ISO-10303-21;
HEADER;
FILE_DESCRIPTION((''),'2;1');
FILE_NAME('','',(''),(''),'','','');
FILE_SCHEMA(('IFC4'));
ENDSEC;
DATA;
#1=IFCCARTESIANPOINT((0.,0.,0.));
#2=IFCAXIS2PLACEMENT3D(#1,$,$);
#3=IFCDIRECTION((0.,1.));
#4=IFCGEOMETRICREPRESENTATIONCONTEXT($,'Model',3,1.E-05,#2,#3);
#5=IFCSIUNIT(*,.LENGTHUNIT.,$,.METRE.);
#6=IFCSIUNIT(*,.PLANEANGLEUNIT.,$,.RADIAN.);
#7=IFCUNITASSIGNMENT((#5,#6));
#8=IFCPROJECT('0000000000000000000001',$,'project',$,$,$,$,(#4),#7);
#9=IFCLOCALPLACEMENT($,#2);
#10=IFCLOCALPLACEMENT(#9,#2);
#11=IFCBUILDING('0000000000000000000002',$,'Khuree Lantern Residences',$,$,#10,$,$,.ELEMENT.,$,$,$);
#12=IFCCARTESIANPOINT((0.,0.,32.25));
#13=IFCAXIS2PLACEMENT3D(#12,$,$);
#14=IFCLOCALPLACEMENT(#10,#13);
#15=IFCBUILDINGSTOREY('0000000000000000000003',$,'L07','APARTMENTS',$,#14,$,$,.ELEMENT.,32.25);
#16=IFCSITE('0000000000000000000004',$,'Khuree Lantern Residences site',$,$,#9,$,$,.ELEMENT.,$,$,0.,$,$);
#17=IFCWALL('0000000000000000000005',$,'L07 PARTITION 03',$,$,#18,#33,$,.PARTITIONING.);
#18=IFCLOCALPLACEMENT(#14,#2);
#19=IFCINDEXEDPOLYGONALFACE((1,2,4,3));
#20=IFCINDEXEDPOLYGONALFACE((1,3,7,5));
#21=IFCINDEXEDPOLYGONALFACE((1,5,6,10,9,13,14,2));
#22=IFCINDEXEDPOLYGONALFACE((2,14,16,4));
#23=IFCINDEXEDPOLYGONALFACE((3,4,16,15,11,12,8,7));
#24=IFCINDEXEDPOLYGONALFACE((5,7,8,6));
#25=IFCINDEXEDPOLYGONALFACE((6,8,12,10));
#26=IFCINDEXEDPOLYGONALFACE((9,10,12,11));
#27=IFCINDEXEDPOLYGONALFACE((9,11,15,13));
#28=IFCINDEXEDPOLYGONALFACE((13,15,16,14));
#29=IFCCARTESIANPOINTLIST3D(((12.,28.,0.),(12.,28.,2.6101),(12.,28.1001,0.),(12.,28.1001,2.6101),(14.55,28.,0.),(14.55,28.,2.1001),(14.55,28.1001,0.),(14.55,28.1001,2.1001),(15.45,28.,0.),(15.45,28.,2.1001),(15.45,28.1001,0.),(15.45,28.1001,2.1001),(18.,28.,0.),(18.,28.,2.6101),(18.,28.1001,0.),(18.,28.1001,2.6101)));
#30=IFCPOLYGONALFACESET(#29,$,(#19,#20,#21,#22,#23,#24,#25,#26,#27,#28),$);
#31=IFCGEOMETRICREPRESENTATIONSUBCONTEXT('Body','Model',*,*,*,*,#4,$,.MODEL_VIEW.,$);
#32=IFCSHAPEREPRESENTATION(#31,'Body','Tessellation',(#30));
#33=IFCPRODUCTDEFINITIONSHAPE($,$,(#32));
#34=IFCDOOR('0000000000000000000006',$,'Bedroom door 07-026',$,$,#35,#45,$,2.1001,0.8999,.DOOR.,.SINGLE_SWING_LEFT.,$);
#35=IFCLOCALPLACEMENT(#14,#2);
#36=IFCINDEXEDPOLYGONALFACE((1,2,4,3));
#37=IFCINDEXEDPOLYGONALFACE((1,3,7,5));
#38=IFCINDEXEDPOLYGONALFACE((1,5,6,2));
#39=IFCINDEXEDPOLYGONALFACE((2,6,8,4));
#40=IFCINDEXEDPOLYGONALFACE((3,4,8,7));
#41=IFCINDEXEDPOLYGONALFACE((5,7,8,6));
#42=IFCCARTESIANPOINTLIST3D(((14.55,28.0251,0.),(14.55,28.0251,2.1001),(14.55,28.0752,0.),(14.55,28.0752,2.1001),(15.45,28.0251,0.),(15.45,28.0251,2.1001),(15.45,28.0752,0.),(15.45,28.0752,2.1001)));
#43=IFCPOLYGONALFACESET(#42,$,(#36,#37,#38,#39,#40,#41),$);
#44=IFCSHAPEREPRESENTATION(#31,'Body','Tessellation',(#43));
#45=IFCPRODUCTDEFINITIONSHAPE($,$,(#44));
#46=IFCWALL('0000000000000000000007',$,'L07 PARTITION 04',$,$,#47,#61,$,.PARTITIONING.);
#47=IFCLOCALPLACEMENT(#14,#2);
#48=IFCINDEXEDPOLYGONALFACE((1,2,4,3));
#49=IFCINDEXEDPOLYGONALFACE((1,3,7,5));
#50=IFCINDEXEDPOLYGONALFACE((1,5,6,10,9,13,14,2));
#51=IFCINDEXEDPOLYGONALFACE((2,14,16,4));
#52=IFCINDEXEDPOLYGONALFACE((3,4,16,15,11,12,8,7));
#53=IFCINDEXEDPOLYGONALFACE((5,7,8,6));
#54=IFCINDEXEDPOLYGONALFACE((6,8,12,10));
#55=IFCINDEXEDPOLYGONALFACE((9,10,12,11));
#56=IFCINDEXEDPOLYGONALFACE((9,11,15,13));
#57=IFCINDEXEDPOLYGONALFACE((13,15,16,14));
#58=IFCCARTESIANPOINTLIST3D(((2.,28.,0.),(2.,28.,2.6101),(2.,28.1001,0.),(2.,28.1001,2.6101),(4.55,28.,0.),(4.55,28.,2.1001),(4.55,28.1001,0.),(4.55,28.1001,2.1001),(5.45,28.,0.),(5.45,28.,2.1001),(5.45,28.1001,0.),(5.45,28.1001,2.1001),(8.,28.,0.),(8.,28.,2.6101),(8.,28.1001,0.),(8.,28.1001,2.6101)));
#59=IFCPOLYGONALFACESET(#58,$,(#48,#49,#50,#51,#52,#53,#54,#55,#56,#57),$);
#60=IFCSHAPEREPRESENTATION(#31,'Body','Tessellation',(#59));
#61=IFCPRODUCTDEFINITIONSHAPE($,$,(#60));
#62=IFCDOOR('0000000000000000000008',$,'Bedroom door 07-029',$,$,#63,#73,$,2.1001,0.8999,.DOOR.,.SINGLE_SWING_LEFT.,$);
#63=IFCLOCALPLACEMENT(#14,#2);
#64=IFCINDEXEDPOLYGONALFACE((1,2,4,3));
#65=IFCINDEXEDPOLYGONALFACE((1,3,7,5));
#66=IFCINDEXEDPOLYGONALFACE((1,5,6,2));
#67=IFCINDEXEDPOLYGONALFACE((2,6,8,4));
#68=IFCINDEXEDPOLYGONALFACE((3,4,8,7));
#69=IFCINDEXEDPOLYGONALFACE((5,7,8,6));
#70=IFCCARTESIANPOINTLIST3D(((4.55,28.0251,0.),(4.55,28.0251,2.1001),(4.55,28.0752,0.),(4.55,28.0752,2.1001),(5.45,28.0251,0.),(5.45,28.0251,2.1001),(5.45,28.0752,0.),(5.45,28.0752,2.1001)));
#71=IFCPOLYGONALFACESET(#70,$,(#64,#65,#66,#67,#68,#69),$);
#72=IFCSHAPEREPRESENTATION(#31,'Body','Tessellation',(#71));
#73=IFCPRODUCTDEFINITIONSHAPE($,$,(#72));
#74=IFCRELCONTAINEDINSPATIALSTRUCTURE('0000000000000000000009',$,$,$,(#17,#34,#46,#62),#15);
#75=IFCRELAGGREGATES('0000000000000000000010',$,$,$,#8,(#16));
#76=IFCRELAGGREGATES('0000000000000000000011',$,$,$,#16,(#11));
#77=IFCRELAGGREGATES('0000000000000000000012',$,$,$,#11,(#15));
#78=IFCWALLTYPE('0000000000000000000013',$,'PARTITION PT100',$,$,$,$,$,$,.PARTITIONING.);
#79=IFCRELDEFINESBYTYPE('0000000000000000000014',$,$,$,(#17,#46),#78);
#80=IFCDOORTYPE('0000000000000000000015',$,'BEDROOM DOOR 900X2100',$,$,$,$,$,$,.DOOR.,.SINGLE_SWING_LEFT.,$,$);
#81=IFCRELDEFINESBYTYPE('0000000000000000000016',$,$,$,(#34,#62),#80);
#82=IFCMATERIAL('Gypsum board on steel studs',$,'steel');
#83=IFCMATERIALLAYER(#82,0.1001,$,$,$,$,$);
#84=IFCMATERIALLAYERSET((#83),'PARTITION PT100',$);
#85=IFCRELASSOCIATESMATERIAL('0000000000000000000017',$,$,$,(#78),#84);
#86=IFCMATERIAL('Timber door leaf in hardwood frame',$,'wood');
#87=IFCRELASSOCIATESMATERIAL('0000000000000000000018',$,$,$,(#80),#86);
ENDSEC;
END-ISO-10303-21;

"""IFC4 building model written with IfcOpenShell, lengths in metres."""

from ifc_helpers import new_model, si_unit, direction, frame, frame_2d, origin, place, context, subcontext, project, spatial, rectangle, extrude, material, layer, layer_set, type_object, element, fill, save


model = new_model("IFC4")

# Units and contexts
model_context = context("Model", 3, precision=1e-05, world=origin(), true_north=direction((0.0, 1.0)))
body_context = subcontext(model_context, "Body", "Model", "MODEL_VIEW")
ifc_project = project(units=[si_unit("LENGTHUNIT", "METRE"), si_unit("PLANEANGLEUNIT", "RADIAN")], contexts=[model_context])

# Site, building, storey
site_placement = place(None, origin())
site = spatial("IfcSite", under=ifc_project, at=site_placement, Name="Khuree Lantern Residences site", CompositionType="ELEMENT", RefElevation=0.0)
building_placement = place(site_placement, origin())
building = spatial("IfcBuilding", under=site, at=building_placement, Name="Khuree Lantern Residences", CompositionType="ELEMENT")
storey_placement = place(building_placement, frame((0.0, 0.0, 32.25)))
storey = spatial("IfcBuildingStorey", under=building, at=storey_placement, Name="L07", Description="APARTMENTS", CompositionType="ELEMENT", Elevation=32.25)

# Shared definitions
ifc_material_1 = material(Name="Timber door leaf in hardwood frame", Category="wood")

# Shared definitions
ifc_material_2 = material(Name="Gypsum board on steel studs", Category="steel")
ifc_layer_1 = layer(ifc_material_2, 0.1001)
ifc_layer_set_1 = layer_set([ifc_layer_1], Name="PARTITION PT100")
wall_type_1 = type_object("IfcWallType", Name="PARTITION PT100", PredefinedType="PARTITIONING", material=ifc_layer_set_1)

# Walls, openings, doors
wall_1_placement = place(storey_placement, frame((18.0, 28.05, 0.0), z_axis=(0.0, 0.0, 1.0), x_axis=(-1.0, 0.0, 0.0)))
wall_1 = element("IfcWall", 1, at=wall_1_placement, inside=storey, type_object=wall_type_1, Name="L07 PARTITION 03", PredefinedType="PARTITIONING", context=body_context, shape_type="SweptSolid", body=[
    extrude(rectangle(XDim=6.0, YDim=0.1001, at=frame_2d((3.0, 0.0))), origin(), (0.0, 0.0, 1.0), 2.6101),
])
opening_1_placement = place(wall_1_placement, frame((2.55, 0.0, 0.0)))
opening_1 = element("IfcOpeningElement", 2, at=opening_1_placement, cuts=wall_1, PredefinedType="OPENING", context=body_context, shape_type="SweptSolid", body=[
    extrude(rectangle(XDim=0.8999, YDim=2.1001, at=frame_2d((0.45, 1.05))), frame((0.0, 0.0601, 0.0), z_axis=(0.0, -1.0, 0.0), x_axis=(1.0, 0.0, 0.0)), (0.0, 0.0, 1.0), 0.1201),
])
door_type_1 = type_object("IfcDoorType", Name="BEDROOM DOOR 900X2100", OperationType="SINGLE_SWING_LEFT", PredefinedType="DOOR", material=ifc_material_1)
door_1_placement = place(opening_1_placement, origin())
door_1 = element("IfcDoor", 3, at=door_1_placement, inside=storey, type_object=door_type_1, Name="Bedroom door 07-026", OperationType="SINGLE_SWING_LEFT", OverallHeight=2.1001, OverallWidth=0.8999, PredefinedType="DOOR", context=body_context, shape_type="SweptSolid", body=[
    extrude(rectangle(XDim=0.8999, YDim=2.1001, at=frame_2d((0.45, 1.05))), frame((0.0, 0.0249, 0.0), z_axis=(0.0, -1.0, 0.0), x_axis=(1.0, 0.0, 0.0)), (0.0, 0.0, 1.0), 0.05),
])
fill(opening_1, door_1)
wall_2_placement = place(storey_placement, frame((8.0, 28.05, 0.0), z_axis=(0.0, 0.0, 1.0), x_axis=(-1.0, 0.0, 0.0)))
wall_2 = element("IfcWall", 4, at=wall_2_placement, inside=storey, type_object=wall_type_1, Name="L07 PARTITION 04", PredefinedType="PARTITIONING", context=body_context, shape_type="SweptSolid", body=[
    extrude(rectangle(XDim=6.0, YDim=0.1001, at=frame_2d((3.0, 0.0))), origin(), (0.0, 0.0, 1.0), 2.6101),
])
opening_2_placement = place(wall_2_placement, frame((2.55, 0.0, 0.0)))
opening_2 = element("IfcOpeningElement", 5, at=opening_2_placement, cuts=wall_2, PredefinedType="OPENING", context=body_context, shape_type="SweptSolid", body=[
    extrude(rectangle(XDim=0.8999, YDim=2.1001, at=frame_2d((0.45, 1.05))), frame((0.0, 0.0601, 0.0), z_axis=(0.0, -1.0, 0.0), x_axis=(1.0, 0.0, 0.0)), (0.0, 0.0, 1.0), 0.1201),
])
door_2_placement = place(opening_2_placement, origin())
door_2 = element("IfcDoor", 6, at=door_2_placement, inside=storey, type_object=door_type_1, Name="Bedroom door 07-029", OperationType="SINGLE_SWING_LEFT", OverallHeight=2.1001, OverallWidth=0.8999, PredefinedType="DOOR", context=body_context, shape_type="SweptSolid", body=[
    extrude(rectangle(XDim=0.8999, YDim=2.1001, at=frame_2d((0.45, 1.05))), frame((0.0, 0.0249, 0.0), z_axis=(0.0, -1.0, 0.0), x_axis=(1.0, 0.0, 0.0)), (0.0, 0.0, 1.0), 0.05),
])
fill(opening_2, door_2)

save(model, "model.ifc")
